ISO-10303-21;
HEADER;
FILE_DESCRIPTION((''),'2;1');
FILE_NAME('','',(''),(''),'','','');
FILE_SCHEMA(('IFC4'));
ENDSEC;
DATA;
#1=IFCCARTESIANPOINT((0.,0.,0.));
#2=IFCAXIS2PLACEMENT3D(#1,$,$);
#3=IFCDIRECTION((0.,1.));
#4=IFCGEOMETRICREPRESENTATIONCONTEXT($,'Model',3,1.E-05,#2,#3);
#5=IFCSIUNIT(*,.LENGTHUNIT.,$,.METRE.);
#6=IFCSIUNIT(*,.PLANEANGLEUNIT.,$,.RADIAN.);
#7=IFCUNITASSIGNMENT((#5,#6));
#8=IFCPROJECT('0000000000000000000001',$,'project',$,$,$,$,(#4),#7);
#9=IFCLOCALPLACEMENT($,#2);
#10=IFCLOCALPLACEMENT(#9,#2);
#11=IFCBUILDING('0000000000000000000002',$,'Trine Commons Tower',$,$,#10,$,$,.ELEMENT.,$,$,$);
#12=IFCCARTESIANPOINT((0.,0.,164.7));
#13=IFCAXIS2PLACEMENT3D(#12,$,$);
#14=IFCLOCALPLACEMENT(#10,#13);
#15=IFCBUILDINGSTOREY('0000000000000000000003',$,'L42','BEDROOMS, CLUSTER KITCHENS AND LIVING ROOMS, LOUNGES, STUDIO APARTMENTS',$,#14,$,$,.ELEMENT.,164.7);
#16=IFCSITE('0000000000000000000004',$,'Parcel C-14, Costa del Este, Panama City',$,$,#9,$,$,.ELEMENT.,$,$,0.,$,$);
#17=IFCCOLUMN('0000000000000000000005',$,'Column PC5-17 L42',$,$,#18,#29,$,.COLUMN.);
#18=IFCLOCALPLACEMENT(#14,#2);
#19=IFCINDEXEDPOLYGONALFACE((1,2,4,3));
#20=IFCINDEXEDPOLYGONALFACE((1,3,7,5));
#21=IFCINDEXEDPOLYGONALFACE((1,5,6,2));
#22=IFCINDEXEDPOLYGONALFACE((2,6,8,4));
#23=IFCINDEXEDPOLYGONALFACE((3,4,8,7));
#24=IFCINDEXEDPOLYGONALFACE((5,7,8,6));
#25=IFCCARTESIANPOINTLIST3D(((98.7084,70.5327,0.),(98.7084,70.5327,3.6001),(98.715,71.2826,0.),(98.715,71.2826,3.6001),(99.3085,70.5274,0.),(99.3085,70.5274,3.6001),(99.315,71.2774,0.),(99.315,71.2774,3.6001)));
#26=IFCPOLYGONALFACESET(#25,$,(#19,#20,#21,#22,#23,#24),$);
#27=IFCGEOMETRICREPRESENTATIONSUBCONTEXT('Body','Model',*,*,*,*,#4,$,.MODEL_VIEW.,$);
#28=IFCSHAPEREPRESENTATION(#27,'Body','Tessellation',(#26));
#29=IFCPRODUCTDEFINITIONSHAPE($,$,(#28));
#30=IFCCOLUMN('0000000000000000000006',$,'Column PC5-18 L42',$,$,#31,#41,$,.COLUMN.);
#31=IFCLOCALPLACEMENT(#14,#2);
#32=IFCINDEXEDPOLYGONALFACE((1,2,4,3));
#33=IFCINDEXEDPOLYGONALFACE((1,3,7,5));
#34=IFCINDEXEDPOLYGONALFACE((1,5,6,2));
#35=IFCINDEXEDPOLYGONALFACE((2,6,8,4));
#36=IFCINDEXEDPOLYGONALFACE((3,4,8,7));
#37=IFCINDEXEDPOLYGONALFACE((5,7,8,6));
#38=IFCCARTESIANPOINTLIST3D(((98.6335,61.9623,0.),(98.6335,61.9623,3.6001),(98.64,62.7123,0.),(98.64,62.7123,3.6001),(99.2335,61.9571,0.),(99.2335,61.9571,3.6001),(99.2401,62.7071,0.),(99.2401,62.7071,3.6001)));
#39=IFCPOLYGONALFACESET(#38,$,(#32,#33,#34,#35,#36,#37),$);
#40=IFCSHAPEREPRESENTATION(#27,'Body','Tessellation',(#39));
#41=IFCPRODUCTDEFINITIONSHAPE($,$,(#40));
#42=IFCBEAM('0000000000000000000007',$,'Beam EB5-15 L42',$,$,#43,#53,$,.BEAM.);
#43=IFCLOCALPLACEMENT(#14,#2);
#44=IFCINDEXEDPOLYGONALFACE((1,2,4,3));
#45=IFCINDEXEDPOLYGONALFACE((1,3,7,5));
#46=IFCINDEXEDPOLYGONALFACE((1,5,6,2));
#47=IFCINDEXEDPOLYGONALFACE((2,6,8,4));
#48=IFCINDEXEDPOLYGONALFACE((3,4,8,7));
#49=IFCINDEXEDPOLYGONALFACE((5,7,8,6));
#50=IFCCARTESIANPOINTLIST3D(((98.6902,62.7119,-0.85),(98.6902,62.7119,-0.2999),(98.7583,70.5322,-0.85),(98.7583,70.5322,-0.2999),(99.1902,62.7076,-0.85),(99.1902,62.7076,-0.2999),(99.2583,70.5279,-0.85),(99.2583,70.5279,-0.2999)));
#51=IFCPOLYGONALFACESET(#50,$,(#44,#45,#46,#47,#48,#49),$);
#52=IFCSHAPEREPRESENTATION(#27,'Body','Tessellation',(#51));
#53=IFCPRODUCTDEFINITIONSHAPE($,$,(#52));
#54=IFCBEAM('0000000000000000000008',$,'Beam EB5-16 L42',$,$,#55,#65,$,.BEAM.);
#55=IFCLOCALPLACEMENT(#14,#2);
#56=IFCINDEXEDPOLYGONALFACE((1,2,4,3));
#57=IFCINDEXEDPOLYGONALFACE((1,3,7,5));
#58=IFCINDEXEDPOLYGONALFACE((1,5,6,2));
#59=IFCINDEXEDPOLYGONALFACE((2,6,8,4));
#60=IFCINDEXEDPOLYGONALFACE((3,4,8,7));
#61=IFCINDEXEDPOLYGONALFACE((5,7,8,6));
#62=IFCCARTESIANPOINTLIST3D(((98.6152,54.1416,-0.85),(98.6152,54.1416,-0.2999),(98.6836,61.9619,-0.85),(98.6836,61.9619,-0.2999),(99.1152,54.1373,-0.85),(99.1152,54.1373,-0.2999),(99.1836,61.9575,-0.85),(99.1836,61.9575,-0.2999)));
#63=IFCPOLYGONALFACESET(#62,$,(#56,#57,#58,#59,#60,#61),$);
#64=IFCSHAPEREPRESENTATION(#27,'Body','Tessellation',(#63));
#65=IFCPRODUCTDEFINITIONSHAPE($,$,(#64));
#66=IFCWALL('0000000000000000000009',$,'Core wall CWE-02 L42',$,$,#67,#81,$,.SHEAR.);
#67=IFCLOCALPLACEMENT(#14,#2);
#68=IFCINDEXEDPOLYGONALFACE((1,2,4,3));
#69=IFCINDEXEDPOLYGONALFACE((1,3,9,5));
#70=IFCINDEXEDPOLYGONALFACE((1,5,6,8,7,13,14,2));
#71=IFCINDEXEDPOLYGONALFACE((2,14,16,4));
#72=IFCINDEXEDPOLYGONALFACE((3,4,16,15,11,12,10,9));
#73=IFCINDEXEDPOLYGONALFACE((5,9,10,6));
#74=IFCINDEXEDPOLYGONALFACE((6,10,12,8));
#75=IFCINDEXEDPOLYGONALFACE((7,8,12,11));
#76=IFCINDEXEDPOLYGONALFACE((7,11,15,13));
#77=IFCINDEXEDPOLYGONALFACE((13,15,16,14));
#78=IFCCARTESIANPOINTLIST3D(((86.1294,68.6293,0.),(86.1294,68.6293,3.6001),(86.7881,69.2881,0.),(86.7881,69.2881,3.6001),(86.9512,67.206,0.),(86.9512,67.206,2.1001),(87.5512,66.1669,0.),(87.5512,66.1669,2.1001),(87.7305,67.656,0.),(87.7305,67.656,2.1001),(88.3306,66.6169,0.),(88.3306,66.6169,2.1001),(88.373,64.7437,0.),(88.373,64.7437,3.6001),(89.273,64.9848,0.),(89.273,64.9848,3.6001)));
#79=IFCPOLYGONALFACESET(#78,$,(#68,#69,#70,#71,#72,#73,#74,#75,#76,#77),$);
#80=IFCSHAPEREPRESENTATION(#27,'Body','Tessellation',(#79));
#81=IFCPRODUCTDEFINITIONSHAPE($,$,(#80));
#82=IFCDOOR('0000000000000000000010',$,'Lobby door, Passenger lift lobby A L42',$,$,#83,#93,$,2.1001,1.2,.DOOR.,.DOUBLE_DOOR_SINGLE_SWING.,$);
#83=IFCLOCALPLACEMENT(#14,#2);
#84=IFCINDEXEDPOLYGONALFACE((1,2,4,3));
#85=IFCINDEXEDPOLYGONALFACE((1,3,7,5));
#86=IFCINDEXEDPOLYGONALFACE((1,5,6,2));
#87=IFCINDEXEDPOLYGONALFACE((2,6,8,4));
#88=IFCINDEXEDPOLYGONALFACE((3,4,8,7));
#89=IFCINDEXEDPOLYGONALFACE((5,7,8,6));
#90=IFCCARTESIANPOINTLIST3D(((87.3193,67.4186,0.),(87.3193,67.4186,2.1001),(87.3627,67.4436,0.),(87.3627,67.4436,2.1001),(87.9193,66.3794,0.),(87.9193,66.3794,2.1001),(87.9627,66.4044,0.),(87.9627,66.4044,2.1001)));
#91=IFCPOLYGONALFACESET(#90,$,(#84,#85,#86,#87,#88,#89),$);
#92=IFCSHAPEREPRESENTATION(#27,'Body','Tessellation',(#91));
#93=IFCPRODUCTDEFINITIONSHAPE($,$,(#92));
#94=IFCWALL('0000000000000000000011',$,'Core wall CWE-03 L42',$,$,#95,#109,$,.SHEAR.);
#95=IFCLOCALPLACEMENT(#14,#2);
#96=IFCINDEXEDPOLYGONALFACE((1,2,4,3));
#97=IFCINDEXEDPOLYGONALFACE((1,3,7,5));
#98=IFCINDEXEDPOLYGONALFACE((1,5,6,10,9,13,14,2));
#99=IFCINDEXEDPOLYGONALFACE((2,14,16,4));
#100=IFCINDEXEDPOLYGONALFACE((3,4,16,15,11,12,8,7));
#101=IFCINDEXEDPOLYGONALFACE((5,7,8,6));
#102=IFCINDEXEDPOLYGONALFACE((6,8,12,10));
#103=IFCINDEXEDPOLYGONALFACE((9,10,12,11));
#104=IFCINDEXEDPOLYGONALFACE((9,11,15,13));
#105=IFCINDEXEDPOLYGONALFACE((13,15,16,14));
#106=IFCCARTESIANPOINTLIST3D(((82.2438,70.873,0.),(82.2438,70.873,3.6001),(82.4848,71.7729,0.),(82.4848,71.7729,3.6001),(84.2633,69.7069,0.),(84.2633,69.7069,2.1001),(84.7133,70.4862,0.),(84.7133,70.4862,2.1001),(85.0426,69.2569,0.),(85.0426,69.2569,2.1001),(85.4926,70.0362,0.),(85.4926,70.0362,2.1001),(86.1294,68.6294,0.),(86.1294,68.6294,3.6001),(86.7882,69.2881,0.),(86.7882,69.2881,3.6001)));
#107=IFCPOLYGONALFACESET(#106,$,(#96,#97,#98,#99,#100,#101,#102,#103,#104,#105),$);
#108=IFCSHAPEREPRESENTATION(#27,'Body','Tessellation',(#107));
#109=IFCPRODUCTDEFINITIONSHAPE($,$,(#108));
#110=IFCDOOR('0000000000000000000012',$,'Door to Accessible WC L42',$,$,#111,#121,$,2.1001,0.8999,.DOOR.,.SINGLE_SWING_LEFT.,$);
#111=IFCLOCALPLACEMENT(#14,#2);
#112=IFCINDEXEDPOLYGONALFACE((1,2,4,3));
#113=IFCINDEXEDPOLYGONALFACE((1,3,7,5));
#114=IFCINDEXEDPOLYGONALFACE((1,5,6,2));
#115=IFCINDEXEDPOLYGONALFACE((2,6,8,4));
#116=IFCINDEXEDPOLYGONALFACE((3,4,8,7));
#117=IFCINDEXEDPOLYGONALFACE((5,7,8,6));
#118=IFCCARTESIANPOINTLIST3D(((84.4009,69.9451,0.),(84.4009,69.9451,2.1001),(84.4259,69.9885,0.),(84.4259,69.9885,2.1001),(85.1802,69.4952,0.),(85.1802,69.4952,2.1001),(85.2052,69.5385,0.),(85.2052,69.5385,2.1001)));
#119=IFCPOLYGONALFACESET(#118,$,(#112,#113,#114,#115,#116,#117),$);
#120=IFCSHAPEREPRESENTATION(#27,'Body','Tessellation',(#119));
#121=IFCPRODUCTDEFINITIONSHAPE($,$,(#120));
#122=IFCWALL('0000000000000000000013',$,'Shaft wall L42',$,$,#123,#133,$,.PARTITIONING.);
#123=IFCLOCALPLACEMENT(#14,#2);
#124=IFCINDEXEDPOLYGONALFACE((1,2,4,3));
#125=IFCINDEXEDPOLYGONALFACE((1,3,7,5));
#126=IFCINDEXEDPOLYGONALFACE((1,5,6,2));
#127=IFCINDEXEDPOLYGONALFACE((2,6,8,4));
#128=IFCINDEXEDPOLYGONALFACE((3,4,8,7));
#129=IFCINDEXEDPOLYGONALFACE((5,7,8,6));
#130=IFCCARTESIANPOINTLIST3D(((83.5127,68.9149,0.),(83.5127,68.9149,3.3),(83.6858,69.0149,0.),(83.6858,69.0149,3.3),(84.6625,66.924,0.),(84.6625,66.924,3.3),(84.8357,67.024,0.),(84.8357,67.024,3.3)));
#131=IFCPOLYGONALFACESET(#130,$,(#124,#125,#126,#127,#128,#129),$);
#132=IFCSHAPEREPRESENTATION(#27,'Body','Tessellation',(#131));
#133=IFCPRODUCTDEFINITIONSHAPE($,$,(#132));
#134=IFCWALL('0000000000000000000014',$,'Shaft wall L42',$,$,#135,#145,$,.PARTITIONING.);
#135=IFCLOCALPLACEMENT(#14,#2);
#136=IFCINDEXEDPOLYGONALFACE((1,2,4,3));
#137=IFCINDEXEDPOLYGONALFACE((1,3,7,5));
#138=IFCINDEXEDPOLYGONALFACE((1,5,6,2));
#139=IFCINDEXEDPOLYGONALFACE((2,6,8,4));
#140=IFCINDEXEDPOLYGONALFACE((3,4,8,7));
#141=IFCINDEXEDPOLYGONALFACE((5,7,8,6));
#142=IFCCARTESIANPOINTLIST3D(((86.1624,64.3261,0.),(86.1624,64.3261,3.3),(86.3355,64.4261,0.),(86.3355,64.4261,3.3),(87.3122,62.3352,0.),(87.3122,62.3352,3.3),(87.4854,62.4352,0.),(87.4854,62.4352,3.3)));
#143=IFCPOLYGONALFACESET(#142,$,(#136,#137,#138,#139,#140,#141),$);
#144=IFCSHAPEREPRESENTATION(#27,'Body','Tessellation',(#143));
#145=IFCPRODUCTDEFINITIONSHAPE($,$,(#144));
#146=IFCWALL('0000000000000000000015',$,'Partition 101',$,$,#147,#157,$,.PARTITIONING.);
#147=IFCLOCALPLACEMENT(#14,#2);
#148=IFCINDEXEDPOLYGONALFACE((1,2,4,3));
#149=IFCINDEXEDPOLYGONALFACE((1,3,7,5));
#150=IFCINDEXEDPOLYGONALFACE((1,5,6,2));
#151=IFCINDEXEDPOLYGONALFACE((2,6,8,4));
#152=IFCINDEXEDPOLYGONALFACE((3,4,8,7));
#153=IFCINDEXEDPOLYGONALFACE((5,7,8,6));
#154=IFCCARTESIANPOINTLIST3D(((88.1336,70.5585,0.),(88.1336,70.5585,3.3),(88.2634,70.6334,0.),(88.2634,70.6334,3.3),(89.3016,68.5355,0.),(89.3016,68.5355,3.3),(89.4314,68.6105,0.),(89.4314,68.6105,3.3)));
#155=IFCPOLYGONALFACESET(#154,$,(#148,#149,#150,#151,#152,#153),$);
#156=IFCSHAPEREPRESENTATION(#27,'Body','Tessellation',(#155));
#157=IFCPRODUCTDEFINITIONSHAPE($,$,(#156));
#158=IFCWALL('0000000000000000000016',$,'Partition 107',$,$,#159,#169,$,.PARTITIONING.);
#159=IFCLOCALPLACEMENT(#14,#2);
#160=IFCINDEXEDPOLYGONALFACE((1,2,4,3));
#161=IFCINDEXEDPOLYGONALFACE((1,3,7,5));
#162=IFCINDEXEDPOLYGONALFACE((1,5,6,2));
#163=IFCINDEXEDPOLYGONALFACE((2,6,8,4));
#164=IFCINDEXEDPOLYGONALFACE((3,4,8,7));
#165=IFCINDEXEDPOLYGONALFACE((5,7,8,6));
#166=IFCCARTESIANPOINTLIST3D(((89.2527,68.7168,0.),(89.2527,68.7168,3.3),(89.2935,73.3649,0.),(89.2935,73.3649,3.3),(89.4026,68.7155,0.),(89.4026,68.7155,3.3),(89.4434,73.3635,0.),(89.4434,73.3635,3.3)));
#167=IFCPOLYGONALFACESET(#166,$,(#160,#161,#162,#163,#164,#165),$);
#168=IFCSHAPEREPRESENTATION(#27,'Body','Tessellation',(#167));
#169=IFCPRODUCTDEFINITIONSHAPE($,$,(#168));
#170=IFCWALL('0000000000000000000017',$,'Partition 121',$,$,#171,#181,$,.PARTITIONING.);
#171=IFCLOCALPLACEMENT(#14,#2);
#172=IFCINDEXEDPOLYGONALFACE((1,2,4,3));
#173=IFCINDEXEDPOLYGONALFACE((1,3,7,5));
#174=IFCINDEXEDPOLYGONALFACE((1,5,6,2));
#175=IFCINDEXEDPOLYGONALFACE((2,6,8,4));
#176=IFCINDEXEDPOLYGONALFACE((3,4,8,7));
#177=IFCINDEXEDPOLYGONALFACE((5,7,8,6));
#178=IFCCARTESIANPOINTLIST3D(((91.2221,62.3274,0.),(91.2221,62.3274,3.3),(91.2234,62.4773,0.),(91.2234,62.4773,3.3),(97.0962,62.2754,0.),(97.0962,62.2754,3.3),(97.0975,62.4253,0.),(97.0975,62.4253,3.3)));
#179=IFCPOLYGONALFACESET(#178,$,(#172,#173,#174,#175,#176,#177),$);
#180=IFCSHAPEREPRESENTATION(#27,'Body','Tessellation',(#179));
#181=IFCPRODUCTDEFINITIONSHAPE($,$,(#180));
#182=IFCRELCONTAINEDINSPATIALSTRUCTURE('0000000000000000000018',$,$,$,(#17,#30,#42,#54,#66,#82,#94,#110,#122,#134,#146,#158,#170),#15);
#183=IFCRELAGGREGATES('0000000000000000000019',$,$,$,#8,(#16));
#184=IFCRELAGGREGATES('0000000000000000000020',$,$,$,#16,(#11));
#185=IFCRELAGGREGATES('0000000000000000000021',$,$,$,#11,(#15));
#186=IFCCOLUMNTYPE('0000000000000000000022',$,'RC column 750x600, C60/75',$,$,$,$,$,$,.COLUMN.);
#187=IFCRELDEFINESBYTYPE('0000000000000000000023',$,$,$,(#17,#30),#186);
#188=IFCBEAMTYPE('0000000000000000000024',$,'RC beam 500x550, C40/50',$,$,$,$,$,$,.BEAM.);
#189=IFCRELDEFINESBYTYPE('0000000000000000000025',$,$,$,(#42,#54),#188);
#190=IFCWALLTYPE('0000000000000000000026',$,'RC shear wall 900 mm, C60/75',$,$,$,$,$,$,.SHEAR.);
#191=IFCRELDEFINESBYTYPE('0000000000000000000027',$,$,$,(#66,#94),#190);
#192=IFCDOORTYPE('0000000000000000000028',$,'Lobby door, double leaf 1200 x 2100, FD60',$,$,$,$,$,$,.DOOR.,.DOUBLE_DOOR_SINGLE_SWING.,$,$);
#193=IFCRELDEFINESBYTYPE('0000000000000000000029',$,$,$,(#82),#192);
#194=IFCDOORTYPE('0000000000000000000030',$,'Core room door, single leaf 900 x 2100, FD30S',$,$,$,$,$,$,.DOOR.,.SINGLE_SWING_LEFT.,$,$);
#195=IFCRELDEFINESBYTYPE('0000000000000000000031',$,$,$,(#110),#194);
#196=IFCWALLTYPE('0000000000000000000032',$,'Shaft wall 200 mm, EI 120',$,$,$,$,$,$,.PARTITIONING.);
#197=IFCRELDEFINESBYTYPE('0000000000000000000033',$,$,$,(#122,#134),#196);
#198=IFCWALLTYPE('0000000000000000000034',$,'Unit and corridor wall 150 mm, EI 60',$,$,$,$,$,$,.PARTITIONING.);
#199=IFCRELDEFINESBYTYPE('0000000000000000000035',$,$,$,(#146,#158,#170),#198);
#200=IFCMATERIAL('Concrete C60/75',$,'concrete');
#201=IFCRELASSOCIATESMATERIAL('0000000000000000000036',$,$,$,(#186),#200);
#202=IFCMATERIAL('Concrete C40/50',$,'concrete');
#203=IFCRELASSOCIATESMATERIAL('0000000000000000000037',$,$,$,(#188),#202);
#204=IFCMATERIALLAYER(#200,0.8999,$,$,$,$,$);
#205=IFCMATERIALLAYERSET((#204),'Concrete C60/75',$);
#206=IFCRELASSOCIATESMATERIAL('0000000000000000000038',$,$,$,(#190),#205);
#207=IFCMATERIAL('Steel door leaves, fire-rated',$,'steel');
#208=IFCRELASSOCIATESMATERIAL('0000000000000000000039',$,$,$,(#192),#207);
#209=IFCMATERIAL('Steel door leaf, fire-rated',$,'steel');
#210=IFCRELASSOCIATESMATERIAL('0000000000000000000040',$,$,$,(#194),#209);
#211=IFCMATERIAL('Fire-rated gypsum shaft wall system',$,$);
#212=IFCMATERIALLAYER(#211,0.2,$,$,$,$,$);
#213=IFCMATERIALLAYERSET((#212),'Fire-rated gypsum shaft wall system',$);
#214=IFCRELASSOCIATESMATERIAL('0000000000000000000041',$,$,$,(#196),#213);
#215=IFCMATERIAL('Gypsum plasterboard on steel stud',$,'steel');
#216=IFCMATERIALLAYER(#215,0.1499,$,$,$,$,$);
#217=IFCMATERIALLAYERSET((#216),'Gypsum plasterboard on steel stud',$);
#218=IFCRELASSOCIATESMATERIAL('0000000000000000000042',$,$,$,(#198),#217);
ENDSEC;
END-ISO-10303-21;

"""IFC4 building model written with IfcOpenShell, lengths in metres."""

from ifc_helpers import new_model, si_unit, direction, frame, frame_2d, origin, origin_2d, place, context, subcontext, project, spatial, polyline, rectangle, outline, extrude, material, layer, layer_set, material_profile, profile_set, type_object, element, fill, save


model = new_model("IFC4")

# Units and contexts
model_context = context("Model", 3, precision=1e-05, world=origin(), true_north=direction((0.0, 1.0)))
body_context = subcontext(model_context, "Body", "Model", "MODEL_VIEW")
ifc_project = project(units=[si_unit("LENGTHUNIT", "METRE"), si_unit("PLANEANGLEUNIT", "RADIAN")], contexts=[model_context])

# Site, building, storey
site_placement = place(None, origin())
site = spatial("IfcSite", under=ifc_project, at=site_placement, Name="Parcel C-14, Costa del Este, Panama City", CompositionType="ELEMENT", RefElevation=0.0)
building_placement = place(site_placement, origin())
building = spatial("IfcBuilding", under=site, at=building_placement, Name="Trine Commons Tower", CompositionType="ELEMENT")
storey_placement = place(building_placement, frame((0.0, 0.0, 164.7)))
storey = spatial("IfcBuildingStorey", under=building, at=storey_placement, Name="L42", Description="BEDROOMS, CLUSTER KITCHENS AND LIVING ROOMS, LOUNGES, STUDIO APARTMENTS", CompositionType="ELEMENT", Elevation=164.7)

# Columns
ifc_material_1 = material(Name="Concrete C60/75", Category="concrete")
ifc_material_profile_1 = material_profile(ifc_material_1, rectangle(XDim=0.75, YDim=0.6001, at=origin_2d()), Name="RC 750x600")
ifc_profile_set_1 = profile_set([ifc_material_profile_1], Name="Concrete C60/75")
column_type = type_object("IfcColumnType", Name="RC column 750x600, C60/75", PredefinedType="COLUMN", material=ifc_profile_set_1)
for number, where, z_axis, x_axis, name in (
    (1, (99.0117, 70.905, 0.0), (0.0, 0.0, 1.0), (0.008727, 0.999962, 0.0), "Column PC5-17 L42"),
    (2, (98.9368, 62.3347, 0.0), (0.0, 0.0, 1.0), (0.008727, 0.999962, 0.0), "Column PC5-18 L42"),
):
    element("IfcColumn", number, at=place(storey_placement, frame(where, z_axis=z_axis, x_axis=x_axis)), inside=storey, type_object=column_type, Name=name, PredefinedType="COLUMN", context=body_context, shape_type="SweptSolid", body=[
        extrude(rectangle(XDim=0.75, YDim=0.6001, at=origin_2d()), origin(), (0.0, 0.0, 1.0), 3.6001),
    ])

# Beams
ifc_material_2 = material(Name="Concrete C40/50", Category="concrete")
ifc_material_profile_2 = material_profile(ifc_material_2, rectangle(XDim=0.5, YDim=0.55, at=origin_2d()), Name="RC 500x550")
ifc_profile_set_2 = profile_set([ifc_material_profile_2], Name="Concrete C40/50")
beam_type = type_object("IfcBeamType", Name="RC beam 500x550, C40/50", PredefinedType="BEAM", material=ifc_profile_set_2)
for number, where, z_axis, x_axis, name in (
    (3, (99.0083, 70.53, -0.575), (-0.00871, -0.999962, 0.0), (0.999962, -0.00871, 0.0), "Beam EB5-15 L42"),
    (4, (98.9336, 61.9597, -0.575), (-0.008741, -0.999962, 0.0), (0.999962, -0.008741, 0.0), "Beam EB5-16 L42"),
):
    element("IfcBeam", number, at=place(storey_placement, frame(where, z_axis=z_axis, x_axis=x_axis)), inside=storey, type_object=beam_type, Name=name, PredefinedType="BEAM", context=body_context, shape_type="SweptSolid", body=[
        extrude(rectangle(XDim=0.5, YDim=0.55, at=origin_2d()), origin(), (0.0, 0.0, 1.0), 7.8206),
    ])

# Walls, openings, doors
ifc_layer_1 = layer(ifc_material_1, 0.8999)
ifc_layer_set_1 = layer_set([ifc_layer_1], Name="Concrete C60/75")
wall_type_1 = type_object("IfcWallType", Name="RC shear wall 900 mm, C60/75", PredefinedType="SHEAR", material=ifc_layer_set_1)
wall_1_placement = place(storey_placement, frame((88.8833, 64.7598, 0.0), z_axis=(0.0, 0.0, 1.0), x_axis=(-0.500039, 0.866003, 0.0)))
wall_1 = element("IfcWall", 5, at=wall_1_placement, inside=storey, type_object=wall_type_1, Name="Core wall CWE-02 L42", PredefinedType="SHEAR", context=body_context, shape_type="SweptSolid", body=[
    extrude(outline(polyline([(0.0, -0.45), (4.9692, -0.45), (4.728, 0.45), (0.2412, 0.45), (0.0, -0.45)])), origin(), (0.0, 0.0, 1.0), 3.6001),
])
opening_1_placement = place(wall_1_placement, frame((1.8845, 0.0, 0.0)))
opening_1 = element("IfcOpeningElement", 6, at=opening_1_placement, cuts=wall_1, PredefinedType="OPENING", context=body_context, shape_type="SweptSolid", body=[
    extrude(rectangle(XDim=1.2, YDim=2.1001, at=frame_2d((0.6001, 1.05))), frame((0.0, 0.46, 0.0), z_axis=(0.0, -1.0, 0.0), x_axis=(1.0, 0.0, 0.0)), (0.0, 0.0, 1.0), 0.9199),
])
ifc_material_3 = material(Name="Steel door leaves, fire-rated", Category="steel")
door_type_1 = type_object("IfcDoorType", Name="Lobby door, double leaf 1200 x 2100, FD60", OperationType="DOUBLE_DOOR_SINGLE_SWING", PredefinedType="DOOR", material=ifc_material_3)
door_1_placement = place(opening_1_placement, origin())
door_1 = element("IfcDoor", 7, at=door_1_placement, inside=storey, type_object=door_type_1, Name="Lobby door, Passenger lift lobby A L42", OperationType="DOUBLE_DOOR_SINGLE_SWING", OverallHeight=2.1001, OverallWidth=1.2, PredefinedType="DOOR", context=body_context, shape_type="SweptSolid", body=[
    extrude(rectangle(XDim=1.2, YDim=2.1001, at=frame_2d((0.6001, 1.05))), frame((0.0, 0.0249, 0.0), z_axis=(0.0, -1.0, 0.0), x_axis=(1.0, 0.0, 0.0)), (0.0, 0.0, 1.0), 0.05),
])
fill(opening_1, door_1)
wall_2_placement = place(storey_placement, frame((86.5632, 68.8984, 0.0), z_axis=(0.0, 0.0, 1.0), x_axis=(-0.866003, 0.500039, 0.0)))
wall_2 = element("IfcWall", 8, at=wall_2_placement, inside=storey, type_object=wall_type_1, Name="Core wall CWE-03 L42", PredefinedType="SHEAR", context=body_context, shape_type="SweptSolid", body=[
    extrude(outline(polyline([(0.0, -0.45), (4.9692, -0.45), (4.728, 0.45), (0.2412, 0.45), (0.0, -0.45)])), origin(), (0.0, 0.0, 1.0), 3.6001),
])
opening_2_placement = place(wall_2_placement, frame((1.4961, 0.0, 0.0)))
opening_2 = element("IfcOpeningElement", 9, at=opening_2_placement, cuts=wall_2, PredefinedType="OPENING", context=body_context, shape_type="SweptSolid", body=[
    extrude(rectangle(XDim=0.8999, YDim=2.1001, at=frame_2d((0.45, 1.05))), frame((0.0, 0.46, 0.0), z_axis=(0.0, -1.0, 0.0), x_axis=(1.0, 0.0, 0.0)), (0.0, 0.0, 1.0), 0.9199),
])
ifc_material_4 = material(Name="Steel door leaf, fire-rated", Category="steel")
door_type_2 = type_object("IfcDoorType", Name="Core room door, single leaf 900 x 2100, FD30S", OperationType="SINGLE_SWING_LEFT", PredefinedType="DOOR", material=ifc_material_4)
door_2_placement = place(opening_2_placement, origin())
door_2 = element("IfcDoor", 10, at=door_2_placement, inside=storey, type_object=door_type_2, Name="Door to Accessible WC L42", OperationType="SINGLE_SWING_LEFT", OverallHeight=2.1001, OverallWidth=0.8999, PredefinedType="DOOR", context=body_context, shape_type="SweptSolid", body=[
    extrude(rectangle(XDim=0.8999, YDim=2.1001, at=frame_2d((0.45, 1.05))), frame((0.0, 0.1748, 0.0), z_axis=(0.0, -1.0, 0.0), x_axis=(1.0, 0.0, 0.0)), (0.0, 0.0, 1.0), 0.05),
])
fill(opening_2, door_2)

# Walls
ifc_material_5 = material(Name="Fire-rated gypsum shaft wall system")
ifc_layer_2 = layer(ifc_material_5, 0.2)
ifc_layer_set_2 = layer_set([ifc_layer_2], Name="Fire-rated gypsum shaft wall system")
wall_type_2 = type_object("IfcWallType", Name="Shaft wall 200 mm, EI 120", PredefinedType="PARTITIONING", material=ifc_layer_set_2)
for number, where, z_axis, x_axis, name in (
    (11, (84.749, 66.9741, 0.0), (0.0, 0.0, 1.0), (-0.500136, 0.865947, 0.0), "Shaft wall L42"),
    (12, (86.249, 64.376, 0.0), (0.0, 0.0, 1.0), (0.500136, -0.865947, 0.0), "Shaft wall L42"),
):
    element("IfcWall", number, at=place(storey_placement, frame(where, z_axis=z_axis, x_axis=x_axis)), inside=storey, type_object=wall_type_2, Name=name, PredefinedType="PARTITIONING", context=body_context, shape_type="SweptSolid", body=[
        extrude(rectangle(XDim=2.2991, YDim=0.2, at=frame_2d((1.1494, 0.0))), origin(), (0.0, 0.0, 1.0), 3.3),
    ])
ifc_material_6 = material(Name="Gypsum plasterboard on steel stud", Category="steel")
ifc_layer_3 = layer(ifc_material_6, 0.1499)
ifc_layer_set_3 = layer_set([ifc_layer_3], Name="Gypsum plasterboard on steel stud")
wall_type_3 = type_object("IfcWallType", Name="Unit and corridor wall 150 mm, EI 60", PredefinedType="PARTITIONING", material=ifc_layer_set_3)
wall_3_placement = place(storey_placement, frame((88.1985, 70.5959, 0.0), z_axis=(0.0, 0.0, 1.0), x_axis=(0.500006, -0.866022, 0.0)))
element("IfcWall", 13, at=wall_3_placement, inside=storey, type_object=wall_type_3, Name="Partition 101", PredefinedType="PARTITIONING", context=body_context, shape_type="SweptSolid", body=[
    extrude(rectangle(XDim=2.3359, YDim=0.1499, at=frame_2d((1.168, 0.0))), origin(), (0.0, 0.0, 1.0), 3.3),
])
wall_4_placement = place(storey_placement, frame((89.3276, 68.7161, 0.0), z_axis=(0.0, 0.0, 1.0), x_axis=(0.008772, 0.999962, 0.0)))
element("IfcWall", 14, at=wall_4_placement, inside=storey, type_object=wall_type_3, Name="Partition 107", PredefinedType="PARTITIONING", context=body_context, shape_type="SweptSolid", body=[
    extrude(rectangle(XDim=4.6482, YDim=0.1499, at=frame_2d((2.3242, 0.0))), origin(), (0.0, 0.0, 1.0), 3.3),
])
wall_5_placement = place(storey_placement, frame((91.2229, 62.4023, 0.0), z_axis=(0.0, 0.0, 1.0), x_axis=(0.999961, -0.008853, 0.0)))
element("IfcWall", 15, at=wall_5_placement, inside=storey, type_object=wall_type_3, Name="Partition 121", PredefinedType="PARTITIONING", context=body_context, shape_type="SweptSolid", body=[
    extrude(rectangle(XDim=5.8743, YDim=0.1499, at=frame_2d((2.937, 0.0))), origin(), (0.0, 0.0, 1.0), 3.3),
])

save(model, "model.ifc")
